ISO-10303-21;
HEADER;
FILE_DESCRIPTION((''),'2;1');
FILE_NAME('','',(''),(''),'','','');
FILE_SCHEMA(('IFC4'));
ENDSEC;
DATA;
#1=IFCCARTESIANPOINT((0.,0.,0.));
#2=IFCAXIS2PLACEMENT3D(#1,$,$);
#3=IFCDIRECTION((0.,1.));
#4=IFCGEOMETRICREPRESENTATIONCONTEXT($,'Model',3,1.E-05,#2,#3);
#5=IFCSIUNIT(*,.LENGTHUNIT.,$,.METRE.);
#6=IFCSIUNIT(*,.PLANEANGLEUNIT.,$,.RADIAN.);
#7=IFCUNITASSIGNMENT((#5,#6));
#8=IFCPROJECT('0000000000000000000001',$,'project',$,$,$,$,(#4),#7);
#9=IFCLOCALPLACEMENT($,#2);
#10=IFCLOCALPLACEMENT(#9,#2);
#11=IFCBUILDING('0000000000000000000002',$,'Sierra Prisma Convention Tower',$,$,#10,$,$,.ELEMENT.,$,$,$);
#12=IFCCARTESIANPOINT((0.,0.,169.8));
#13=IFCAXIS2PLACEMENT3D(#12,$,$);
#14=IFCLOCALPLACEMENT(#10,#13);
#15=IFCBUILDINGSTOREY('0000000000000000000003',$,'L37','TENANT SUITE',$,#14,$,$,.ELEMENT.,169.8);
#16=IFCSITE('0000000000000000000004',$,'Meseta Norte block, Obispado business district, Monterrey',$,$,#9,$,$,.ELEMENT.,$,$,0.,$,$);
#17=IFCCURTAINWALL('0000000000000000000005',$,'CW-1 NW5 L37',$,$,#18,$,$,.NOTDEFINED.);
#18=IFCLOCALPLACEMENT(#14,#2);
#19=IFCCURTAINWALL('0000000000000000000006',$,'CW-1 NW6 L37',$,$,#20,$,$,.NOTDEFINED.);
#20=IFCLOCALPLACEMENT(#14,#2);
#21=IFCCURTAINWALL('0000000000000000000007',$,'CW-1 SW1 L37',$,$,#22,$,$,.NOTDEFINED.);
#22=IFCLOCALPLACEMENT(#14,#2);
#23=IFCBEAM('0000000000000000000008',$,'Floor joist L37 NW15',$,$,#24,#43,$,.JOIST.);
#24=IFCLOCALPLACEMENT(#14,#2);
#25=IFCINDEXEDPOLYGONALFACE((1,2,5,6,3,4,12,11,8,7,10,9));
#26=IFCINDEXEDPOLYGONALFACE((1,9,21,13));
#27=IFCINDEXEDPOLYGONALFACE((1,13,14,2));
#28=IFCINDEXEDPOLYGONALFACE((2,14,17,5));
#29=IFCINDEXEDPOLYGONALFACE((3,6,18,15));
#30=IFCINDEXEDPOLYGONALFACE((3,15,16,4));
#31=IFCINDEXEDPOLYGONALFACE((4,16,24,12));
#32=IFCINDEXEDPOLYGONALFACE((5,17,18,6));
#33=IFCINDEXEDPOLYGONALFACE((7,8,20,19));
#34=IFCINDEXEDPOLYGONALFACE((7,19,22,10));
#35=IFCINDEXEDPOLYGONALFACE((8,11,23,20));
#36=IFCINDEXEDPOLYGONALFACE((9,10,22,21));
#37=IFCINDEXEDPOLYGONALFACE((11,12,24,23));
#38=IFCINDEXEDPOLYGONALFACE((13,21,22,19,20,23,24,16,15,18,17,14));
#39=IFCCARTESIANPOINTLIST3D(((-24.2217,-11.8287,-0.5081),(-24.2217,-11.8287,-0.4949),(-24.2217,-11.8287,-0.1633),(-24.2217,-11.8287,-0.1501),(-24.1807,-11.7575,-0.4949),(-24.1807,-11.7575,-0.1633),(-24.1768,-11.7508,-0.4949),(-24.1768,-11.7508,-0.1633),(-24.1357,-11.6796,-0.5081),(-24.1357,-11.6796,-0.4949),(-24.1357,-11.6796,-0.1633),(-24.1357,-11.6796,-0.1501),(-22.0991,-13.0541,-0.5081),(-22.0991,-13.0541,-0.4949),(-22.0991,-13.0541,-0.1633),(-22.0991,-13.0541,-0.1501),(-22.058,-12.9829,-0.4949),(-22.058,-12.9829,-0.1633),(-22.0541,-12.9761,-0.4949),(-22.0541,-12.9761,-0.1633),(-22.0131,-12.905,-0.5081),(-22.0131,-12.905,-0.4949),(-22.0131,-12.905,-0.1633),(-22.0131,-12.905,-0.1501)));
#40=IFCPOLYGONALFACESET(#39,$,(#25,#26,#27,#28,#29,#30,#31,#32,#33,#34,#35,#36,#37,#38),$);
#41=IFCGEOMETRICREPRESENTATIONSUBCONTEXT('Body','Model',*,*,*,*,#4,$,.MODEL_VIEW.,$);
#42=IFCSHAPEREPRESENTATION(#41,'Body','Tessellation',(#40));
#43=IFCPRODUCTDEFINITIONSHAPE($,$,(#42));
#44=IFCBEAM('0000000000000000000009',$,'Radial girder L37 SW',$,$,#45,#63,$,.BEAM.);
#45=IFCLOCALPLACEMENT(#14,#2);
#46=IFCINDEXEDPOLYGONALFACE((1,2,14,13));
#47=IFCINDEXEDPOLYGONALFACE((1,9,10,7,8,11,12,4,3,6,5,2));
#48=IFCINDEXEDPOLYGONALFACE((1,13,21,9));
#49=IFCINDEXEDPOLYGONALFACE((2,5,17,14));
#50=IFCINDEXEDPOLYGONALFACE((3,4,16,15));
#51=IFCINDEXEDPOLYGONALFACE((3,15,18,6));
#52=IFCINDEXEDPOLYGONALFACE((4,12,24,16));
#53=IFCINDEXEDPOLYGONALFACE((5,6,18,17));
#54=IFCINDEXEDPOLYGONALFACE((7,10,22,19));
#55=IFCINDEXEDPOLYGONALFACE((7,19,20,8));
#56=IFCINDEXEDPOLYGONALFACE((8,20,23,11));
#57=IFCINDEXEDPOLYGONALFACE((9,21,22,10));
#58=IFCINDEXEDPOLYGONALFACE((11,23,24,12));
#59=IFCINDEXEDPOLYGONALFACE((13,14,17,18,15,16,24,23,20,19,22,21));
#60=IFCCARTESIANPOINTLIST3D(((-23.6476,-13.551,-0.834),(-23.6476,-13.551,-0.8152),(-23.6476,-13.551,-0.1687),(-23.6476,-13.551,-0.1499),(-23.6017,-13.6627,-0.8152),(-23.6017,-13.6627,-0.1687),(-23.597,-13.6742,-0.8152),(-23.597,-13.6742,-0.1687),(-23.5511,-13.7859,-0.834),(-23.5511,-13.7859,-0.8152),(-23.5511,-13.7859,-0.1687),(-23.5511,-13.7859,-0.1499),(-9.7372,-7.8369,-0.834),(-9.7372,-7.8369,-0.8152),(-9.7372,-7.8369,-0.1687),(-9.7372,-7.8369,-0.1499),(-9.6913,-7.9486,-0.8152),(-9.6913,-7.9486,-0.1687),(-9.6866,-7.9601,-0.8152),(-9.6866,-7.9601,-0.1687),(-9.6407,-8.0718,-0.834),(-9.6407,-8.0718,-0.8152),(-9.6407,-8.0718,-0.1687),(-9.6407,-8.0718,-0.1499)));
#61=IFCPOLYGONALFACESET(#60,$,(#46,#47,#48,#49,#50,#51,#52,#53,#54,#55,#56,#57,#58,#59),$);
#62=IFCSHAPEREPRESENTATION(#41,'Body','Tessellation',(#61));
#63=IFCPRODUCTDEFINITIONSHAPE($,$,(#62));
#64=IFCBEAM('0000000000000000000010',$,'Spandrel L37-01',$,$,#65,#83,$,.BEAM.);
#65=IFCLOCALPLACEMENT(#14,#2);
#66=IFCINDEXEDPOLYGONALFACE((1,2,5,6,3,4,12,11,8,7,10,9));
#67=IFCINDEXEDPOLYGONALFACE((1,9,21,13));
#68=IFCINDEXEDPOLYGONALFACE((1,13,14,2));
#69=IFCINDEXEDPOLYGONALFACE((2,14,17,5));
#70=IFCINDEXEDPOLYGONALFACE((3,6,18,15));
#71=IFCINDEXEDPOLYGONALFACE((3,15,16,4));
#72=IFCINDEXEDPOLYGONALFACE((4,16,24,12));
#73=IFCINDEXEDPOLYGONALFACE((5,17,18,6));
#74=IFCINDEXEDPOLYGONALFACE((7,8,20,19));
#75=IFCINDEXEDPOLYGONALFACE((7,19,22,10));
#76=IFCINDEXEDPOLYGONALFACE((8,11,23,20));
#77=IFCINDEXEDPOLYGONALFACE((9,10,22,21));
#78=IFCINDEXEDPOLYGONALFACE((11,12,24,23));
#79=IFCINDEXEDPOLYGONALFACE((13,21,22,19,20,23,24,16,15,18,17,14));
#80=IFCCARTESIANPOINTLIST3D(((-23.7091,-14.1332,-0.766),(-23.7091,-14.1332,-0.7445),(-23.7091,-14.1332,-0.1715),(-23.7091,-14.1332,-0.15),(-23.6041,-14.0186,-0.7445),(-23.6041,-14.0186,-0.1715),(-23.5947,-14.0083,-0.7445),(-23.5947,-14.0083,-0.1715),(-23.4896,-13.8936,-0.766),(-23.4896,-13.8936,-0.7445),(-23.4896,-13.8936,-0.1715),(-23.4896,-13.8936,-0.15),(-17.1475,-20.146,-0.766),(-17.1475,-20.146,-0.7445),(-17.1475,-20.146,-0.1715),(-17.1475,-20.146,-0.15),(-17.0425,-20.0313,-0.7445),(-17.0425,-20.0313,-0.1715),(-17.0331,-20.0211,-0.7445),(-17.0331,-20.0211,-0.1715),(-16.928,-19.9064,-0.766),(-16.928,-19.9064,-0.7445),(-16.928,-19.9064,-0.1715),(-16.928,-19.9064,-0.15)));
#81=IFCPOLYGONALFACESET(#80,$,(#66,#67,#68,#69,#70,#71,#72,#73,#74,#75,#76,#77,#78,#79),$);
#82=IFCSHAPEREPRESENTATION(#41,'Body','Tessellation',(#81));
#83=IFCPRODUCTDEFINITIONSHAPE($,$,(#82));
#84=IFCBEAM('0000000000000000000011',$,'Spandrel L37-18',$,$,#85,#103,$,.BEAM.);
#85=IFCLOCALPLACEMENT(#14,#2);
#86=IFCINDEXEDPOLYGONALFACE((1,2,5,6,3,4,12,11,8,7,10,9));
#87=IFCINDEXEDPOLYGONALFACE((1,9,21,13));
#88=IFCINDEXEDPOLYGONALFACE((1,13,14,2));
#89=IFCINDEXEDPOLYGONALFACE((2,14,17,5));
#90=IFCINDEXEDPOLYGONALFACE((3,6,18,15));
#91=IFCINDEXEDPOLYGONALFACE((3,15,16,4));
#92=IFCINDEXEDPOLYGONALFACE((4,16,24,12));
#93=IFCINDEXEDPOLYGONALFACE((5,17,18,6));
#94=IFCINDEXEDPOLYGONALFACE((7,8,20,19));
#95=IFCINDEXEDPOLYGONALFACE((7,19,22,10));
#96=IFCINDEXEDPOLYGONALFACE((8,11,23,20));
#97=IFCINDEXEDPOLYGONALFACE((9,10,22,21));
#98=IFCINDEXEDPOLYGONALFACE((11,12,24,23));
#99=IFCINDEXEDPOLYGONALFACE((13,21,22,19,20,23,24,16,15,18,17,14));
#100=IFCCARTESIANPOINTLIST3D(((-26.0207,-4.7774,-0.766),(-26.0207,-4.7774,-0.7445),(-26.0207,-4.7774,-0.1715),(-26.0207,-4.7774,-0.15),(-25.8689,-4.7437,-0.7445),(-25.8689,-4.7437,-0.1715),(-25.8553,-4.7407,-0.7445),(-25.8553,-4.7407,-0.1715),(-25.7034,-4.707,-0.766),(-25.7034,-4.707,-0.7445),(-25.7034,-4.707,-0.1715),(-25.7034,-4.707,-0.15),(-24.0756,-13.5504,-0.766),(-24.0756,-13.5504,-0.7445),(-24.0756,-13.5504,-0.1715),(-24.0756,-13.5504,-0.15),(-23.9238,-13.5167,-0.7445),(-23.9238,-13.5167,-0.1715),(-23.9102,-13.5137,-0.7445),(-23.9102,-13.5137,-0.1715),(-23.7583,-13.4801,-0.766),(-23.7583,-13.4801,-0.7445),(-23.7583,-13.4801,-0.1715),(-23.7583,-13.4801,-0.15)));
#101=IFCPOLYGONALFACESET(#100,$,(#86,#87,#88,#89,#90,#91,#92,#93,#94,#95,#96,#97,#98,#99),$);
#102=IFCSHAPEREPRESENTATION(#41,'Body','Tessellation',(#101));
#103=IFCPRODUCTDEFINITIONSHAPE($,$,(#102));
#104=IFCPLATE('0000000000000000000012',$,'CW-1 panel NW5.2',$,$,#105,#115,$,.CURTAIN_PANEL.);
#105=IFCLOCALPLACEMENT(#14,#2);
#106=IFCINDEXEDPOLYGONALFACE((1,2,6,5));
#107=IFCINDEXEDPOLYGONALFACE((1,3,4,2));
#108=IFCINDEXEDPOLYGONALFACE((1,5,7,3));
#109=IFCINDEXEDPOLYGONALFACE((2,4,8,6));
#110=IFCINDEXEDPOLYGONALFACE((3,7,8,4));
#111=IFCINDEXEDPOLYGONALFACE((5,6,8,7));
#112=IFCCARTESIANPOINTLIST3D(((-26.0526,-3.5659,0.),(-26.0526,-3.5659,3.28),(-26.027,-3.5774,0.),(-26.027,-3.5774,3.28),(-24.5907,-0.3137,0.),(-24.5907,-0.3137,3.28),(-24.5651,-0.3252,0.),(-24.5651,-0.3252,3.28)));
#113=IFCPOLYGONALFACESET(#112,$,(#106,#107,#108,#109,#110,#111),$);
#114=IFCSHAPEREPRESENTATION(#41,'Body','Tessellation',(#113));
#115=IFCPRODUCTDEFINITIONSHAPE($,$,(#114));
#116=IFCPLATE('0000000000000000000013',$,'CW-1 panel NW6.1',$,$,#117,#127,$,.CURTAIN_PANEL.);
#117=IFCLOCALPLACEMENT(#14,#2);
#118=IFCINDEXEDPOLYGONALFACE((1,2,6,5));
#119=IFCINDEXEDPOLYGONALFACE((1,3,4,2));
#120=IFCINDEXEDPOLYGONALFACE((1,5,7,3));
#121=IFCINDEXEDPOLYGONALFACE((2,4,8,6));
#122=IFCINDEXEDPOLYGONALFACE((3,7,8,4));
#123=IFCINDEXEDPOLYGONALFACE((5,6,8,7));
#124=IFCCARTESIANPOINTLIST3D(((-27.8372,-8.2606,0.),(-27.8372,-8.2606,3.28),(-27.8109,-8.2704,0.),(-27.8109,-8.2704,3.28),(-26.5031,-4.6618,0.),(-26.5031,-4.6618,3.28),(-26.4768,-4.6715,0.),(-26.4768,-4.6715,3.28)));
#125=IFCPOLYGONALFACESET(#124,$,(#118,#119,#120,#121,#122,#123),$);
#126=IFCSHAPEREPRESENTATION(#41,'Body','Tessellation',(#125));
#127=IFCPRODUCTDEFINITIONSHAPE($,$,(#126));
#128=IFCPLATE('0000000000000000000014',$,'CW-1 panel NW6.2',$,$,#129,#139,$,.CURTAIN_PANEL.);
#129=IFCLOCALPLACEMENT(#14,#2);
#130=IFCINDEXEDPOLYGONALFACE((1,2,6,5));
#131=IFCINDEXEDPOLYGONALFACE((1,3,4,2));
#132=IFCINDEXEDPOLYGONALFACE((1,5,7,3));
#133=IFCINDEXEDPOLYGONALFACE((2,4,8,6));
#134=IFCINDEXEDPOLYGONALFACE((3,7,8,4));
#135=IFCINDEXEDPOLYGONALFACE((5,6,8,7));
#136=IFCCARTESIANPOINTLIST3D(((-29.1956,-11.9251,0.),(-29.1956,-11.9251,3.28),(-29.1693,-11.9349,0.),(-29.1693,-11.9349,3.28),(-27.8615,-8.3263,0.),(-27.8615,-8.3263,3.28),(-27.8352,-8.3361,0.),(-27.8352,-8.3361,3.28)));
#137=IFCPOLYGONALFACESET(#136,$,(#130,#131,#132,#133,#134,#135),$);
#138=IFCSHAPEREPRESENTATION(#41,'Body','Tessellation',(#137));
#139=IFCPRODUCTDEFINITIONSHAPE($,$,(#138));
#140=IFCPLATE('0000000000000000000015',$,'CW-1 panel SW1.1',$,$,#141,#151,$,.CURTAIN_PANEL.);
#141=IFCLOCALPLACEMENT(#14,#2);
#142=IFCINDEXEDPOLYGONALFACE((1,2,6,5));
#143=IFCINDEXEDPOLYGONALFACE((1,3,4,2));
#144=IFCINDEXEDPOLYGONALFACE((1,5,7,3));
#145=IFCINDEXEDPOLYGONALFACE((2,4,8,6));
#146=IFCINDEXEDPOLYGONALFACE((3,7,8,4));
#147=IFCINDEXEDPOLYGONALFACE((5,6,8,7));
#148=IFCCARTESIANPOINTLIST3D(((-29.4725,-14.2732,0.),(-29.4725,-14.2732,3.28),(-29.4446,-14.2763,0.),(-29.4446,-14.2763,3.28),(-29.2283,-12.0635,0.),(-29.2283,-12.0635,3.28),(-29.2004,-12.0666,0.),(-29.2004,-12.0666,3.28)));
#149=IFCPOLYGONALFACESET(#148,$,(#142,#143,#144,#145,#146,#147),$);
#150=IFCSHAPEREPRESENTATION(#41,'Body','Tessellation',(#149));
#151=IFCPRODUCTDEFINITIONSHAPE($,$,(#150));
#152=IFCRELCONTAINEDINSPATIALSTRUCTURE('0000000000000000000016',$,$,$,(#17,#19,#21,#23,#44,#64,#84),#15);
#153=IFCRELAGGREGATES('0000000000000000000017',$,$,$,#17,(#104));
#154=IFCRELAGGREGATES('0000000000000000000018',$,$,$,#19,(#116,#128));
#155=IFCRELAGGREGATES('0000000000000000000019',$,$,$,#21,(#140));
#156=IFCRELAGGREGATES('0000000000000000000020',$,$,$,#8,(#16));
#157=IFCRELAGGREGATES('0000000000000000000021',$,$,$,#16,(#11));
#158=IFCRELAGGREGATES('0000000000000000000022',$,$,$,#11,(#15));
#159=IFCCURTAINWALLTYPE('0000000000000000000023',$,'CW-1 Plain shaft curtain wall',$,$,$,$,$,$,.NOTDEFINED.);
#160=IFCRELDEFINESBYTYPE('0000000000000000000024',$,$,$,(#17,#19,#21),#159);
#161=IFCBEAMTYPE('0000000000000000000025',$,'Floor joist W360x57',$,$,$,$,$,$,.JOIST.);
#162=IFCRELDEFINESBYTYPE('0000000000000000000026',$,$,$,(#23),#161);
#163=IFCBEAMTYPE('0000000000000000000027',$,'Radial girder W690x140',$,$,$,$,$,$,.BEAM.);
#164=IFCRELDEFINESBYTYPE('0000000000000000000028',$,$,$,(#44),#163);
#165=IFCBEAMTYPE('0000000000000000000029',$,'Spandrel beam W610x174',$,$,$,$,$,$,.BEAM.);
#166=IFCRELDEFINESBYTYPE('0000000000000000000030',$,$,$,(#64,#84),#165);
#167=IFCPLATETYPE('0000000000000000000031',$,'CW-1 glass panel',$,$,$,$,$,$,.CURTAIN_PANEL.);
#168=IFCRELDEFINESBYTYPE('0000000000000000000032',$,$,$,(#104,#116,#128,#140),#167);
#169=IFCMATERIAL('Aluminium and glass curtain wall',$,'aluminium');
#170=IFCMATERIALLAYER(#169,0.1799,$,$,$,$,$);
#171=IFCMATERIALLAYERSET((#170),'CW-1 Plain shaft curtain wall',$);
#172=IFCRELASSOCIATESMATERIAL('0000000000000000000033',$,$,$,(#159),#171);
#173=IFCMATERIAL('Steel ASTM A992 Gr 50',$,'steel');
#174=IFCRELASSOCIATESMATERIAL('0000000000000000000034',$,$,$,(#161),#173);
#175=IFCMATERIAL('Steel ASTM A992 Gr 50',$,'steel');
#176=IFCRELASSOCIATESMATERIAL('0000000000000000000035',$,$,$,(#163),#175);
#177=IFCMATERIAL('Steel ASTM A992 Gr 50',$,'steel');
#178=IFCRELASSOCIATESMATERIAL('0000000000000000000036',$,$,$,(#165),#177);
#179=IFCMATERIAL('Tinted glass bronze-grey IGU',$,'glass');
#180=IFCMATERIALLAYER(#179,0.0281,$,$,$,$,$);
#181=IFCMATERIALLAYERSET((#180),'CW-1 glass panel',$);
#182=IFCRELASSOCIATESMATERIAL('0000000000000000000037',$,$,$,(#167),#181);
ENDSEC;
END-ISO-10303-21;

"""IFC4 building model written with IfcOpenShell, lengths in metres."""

from ifc_helpers import new_model, si_unit, direction, frame, origin, origin_2d, place, context, subcontext, project, spatial, rectangle, i_section, extrude, material, layer, layer_set, material_profile, profile_set, type_object, element, aggregate, save


model = new_model("IFC4")

# Units and contexts
model_context = context("Model", 3, precision=1e-05, world=origin(), true_north=direction((0.0, 1.0)))
body_context = subcontext(model_context, "Body", "Model", "MODEL_VIEW")
ifc_project = project(units=[si_unit("LENGTHUNIT", "METRE"), si_unit("PLANEANGLEUNIT", "RADIAN")], contexts=[model_context])

# Site, building, storey
site_placement = place(None, origin())
site = spatial("IfcSite", under=ifc_project, at=site_placement, Name="Meseta Norte block, Obispado business district, Monterrey", CompositionType="ELEMENT", RefElevation=0.0)
building_placement = place(site_placement, origin())
building = spatial("IfcBuilding", under=site, at=building_placement, Name="Sierra Prisma Convention Tower", CompositionType="ELEMENT")
storey_placement = place(building_placement, frame((0.0, 0.0, 169.8)))
storey = spatial("IfcBuildingStorey", under=building, at=storey_placement, Name="L37", Description="TENANT SUITE", CompositionType="ELEMENT", Elevation=169.8)

# Curtain walls
ifc_material_1 = material(Name="Aluminium and glass curtain wall", Category="aluminium")
ifc_layer_1 = layer(ifc_material_1, 0.1799)
ifc_layer_set_1 = layer_set([ifc_layer_1], Name="CW-1 Plain shaft curtain wall")
curtain_wall_type = type_object("IfcCurtainWallType", Name="CW-1 Plain shaft curtain wall", PredefinedType="NOTDEFINED", material=ifc_layer_set_1)
curtain_wall_1_placement = place(storey_placement, origin())
curtain_wall_1 = element("IfcCurtainWall", 1, at=curtain_wall_1_placement, inside=storey, type_object=curtain_wall_type, Name="CW-1 NW5 L37", PredefinedType="NOTDEFINED")
curtain_wall_2_placement = place(storey_placement, origin())
curtain_wall_2 = element("IfcCurtainWall", 2, at=curtain_wall_2_placement, inside=storey, type_object=curtain_wall_type, Name="CW-1 NW6 L37", PredefinedType="NOTDEFINED")
curtain_wall_3_placement = place(storey_placement, origin())
curtain_wall_3 = element("IfcCurtainWall", 3, at=curtain_wall_3_placement, inside=storey, type_object=curtain_wall_type, Name="CW-1 SW1 L37", PredefinedType="NOTDEFINED")

# Beams
ifc_material_2 = material(Name="Steel ASTM A992 Gr 50", Category="steel")
ifc_material_profile_1 = material_profile(ifc_material_2, i_section(OverallWidth=0.1721, OverallDepth=0.3579, WebThickness=0.0078, FlangeThickness=0.0132, at=origin_2d()), Name="W360x57")
ifc_profile_set_1 = profile_set([ifc_material_profile_1], Name="Steel ASTM A992 Gr 50")
beam_type_1 = type_object("IfcBeamType", Name="Floor joist W360x57", PredefinedType="JOIST", material=ifc_profile_set_1)
beam_1_placement = place(storey_placement, frame((-24.1787, -11.7542, -0.3291), z_axis=(0.866046, -0.499964, 0.0), x_axis=(0.499964, 0.866046, 0.0)))
element("IfcBeam", 4, at=beam_1_placement, inside=storey, type_object=beam_type_1, Name="Floor joist L37 NW15", PredefinedType="JOIST", context=body_context, shape_type="SweptSolid", body=[
    extrude(i_section(OverallWidth=0.1721, OverallDepth=0.3579, WebThickness=0.0078, FlangeThickness=0.0132, at=origin_2d()), origin(), (0.0, 0.0, 1.0), 2.4509),
])
ifc_material_3 = material(Name="Steel ASTM A992 Gr 50", Category="steel")
ifc_material_profile_2 = material_profile(ifc_material_3, i_section(OverallWidth=0.2539, OverallDepth=0.6841, WebThickness=0.0125, FlangeThickness=0.0188, at=origin_2d()), Name="W690x140")
ifc_profile_set_2 = profile_set([ifc_material_profile_2], Name="Steel ASTM A992 Gr 50")
beam_type_2 = type_object("IfcBeamType", Name="Radial girder W690x140", PredefinedType="BEAM", material=ifc_profile_set_2)
beam_2_placement = place(storey_placement, frame((-23.5994, -13.6685, -0.4919), z_axis=(0.924999, 0.379971, 0.0), x_axis=(-0.379971, 0.924999, 0.0)))
element("IfcBeam", 5, at=beam_2_placement, inside=storey, type_object=beam_type_2, Name="Radial girder L37 SW", PredefinedType="BEAM", context=body_context, shape_type="SweptSolid", body=[
    extrude(i_section(OverallWidth=0.2539, OverallDepth=0.6841, WebThickness=0.0125, FlangeThickness=0.0188, at=origin_2d()), origin(), (0.0, 0.0, 1.0), 15.0383),
])
ifc_material_4 = material(Name="Steel ASTM A992 Gr 50", Category="steel")
ifc_material_profile_3 = material_profile(ifc_material_4, i_section(OverallWidth=0.325, OverallDepth=0.616, WebThickness=0.0139, FlangeThickness=0.0215, at=origin_2d()), Name="W610x174")
ifc_profile_set_3 = profile_set([ifc_material_profile_3], Name="Steel ASTM A992 Gr 50")
beam_type_3 = type_object("IfcBeamType", Name="Spandrel beam W610x174", PredefinedType="BEAM", material=ifc_profile_set_3)
beam_3_placement = place(storey_placement, frame((-23.5994, -14.0134, -0.458), z_axis=(0.737268, -0.6756, 0.0), x_axis=(0.6756, 0.737268, 0.0)))
element("IfcBeam", 6, at=beam_3_placement, inside=storey, type_object=beam_type_3, Name="Spandrel L37-01", PredefinedType="BEAM", context=body_context, shape_type="SweptSolid", body=[
    extrude(i_section(OverallWidth=0.325, OverallDepth=0.616, WebThickness=0.0139, FlangeThickness=0.0215, at=origin_2d()), origin(), (0.0, 0.0, 1.0), 8.8999),
])
beam_4_placement = place(storey_placement, frame((-25.8621, -4.7422, -0.458), z_axis=(0.216456, -0.976292, 0.0), x_axis=(0.976292, 0.216456, 0.0)))
element("IfcBeam", 7, at=beam_4_placement, inside=storey, type_object=beam_type_3, Name="Spandrel L37-18", PredefinedType="BEAM", context=body_context, shape_type="SweptSolid", body=[
    extrude(i_section(OverallWidth=0.325, OverallDepth=0.616, WebThickness=0.0139, FlangeThickness=0.0215, at=origin_2d()), origin(), (0.0, 0.0, 1.0), 8.9861),
])

# Plates
ifc_material_5 = material(Name="Tinted glass bronze-grey IGU", Category="glass")
ifc_layer_2 = layer(ifc_material_5, 0.0281)
ifc_layer_set_2 = layer_set([ifc_layer_2], Name="CW-1 glass panel")
plate_type = type_object("IfcPlateType", Name="CW-1 glass panel", PredefinedType="CURTAIN_PANEL", material=ifc_layer_set_2)
plate_1_placement = place(storey_placement, frame((-25.3088, -1.9456, 0.0), z_axis=(0.0, 0.0, 1.0), x_axis=(-0.409985, -0.912092, 0.0)))
plate_1 = element("IfcPlate", 8, at=plate_1_placement, type_object=plate_type, Name="CW-1 panel NW5.2", PredefinedType="CURTAIN_PANEL", context=body_context, shape_type="SweptSolid", body=[
    extrude(rectangle(XDim=3.5657, YDim=0.0281, at=origin_2d()), origin(), (0.0, 0.0, 1.0), 3.28),
])
aggregate(curtain_wall_1, [plate_1])
plate_2_placement = place(storey_placement, frame((-27.157, -6.4661, 0.0), z_axis=(0.0, 0.0, 1.0), x_axis=(-0.347587, -0.937648, 0.0)))
plate_2 = element("IfcPlate", 9, at=plate_2_placement, type_object=plate_type, Name="CW-1 panel NW6.1", PredefinedType="CURTAIN_PANEL", context=body_context, shape_type="SweptSolid", body=[
    extrude(rectangle(XDim=3.8381, YDim=0.0281, at=origin_2d()), origin(), (0.0, 0.0, 1.0), 3.28),
])
plate_3_placement = place(storey_placement, frame((-28.5154, -10.1306, 0.0), z_axis=(0.0, 0.0, 1.0), x_axis=(-0.347587, -0.937648, 0.0)))
plate_3 = element("IfcPlate", 10, at=plate_3_placement, type_object=plate_type, Name="CW-1 panel NW6.2", PredefinedType="CURTAIN_PANEL", context=body_context, shape_type="SweptSolid", body=[
    extrude(rectangle(XDim=3.8381, YDim=0.0281, at=origin_2d()), origin(), (0.0, 0.0, 1.0), 3.28),
])
aggregate(curtain_wall_2, [plate_2, plate_3])
plate_4_placement = place(storey_placement, frame((-29.3364, -13.1699, 0.0), z_axis=(0.0, 0.0, 1.0), x_axis=(-0.109835, -0.99395, 0.0)))
plate_4 = element("IfcPlate", 11, at=plate_4_placement, type_object=plate_type, Name="CW-1 panel SW1.1", PredefinedType="CURTAIN_PANEL", context=body_context, shape_type="SweptSolid", body=[
    extrude(rectangle(XDim=2.2231, YDim=0.0281, at=origin_2d()), origin(), (0.0, 0.0, 1.0), 3.28),
])
aggregate(curtain_wall_3, [plate_4])

save(model, "model.ifc")
